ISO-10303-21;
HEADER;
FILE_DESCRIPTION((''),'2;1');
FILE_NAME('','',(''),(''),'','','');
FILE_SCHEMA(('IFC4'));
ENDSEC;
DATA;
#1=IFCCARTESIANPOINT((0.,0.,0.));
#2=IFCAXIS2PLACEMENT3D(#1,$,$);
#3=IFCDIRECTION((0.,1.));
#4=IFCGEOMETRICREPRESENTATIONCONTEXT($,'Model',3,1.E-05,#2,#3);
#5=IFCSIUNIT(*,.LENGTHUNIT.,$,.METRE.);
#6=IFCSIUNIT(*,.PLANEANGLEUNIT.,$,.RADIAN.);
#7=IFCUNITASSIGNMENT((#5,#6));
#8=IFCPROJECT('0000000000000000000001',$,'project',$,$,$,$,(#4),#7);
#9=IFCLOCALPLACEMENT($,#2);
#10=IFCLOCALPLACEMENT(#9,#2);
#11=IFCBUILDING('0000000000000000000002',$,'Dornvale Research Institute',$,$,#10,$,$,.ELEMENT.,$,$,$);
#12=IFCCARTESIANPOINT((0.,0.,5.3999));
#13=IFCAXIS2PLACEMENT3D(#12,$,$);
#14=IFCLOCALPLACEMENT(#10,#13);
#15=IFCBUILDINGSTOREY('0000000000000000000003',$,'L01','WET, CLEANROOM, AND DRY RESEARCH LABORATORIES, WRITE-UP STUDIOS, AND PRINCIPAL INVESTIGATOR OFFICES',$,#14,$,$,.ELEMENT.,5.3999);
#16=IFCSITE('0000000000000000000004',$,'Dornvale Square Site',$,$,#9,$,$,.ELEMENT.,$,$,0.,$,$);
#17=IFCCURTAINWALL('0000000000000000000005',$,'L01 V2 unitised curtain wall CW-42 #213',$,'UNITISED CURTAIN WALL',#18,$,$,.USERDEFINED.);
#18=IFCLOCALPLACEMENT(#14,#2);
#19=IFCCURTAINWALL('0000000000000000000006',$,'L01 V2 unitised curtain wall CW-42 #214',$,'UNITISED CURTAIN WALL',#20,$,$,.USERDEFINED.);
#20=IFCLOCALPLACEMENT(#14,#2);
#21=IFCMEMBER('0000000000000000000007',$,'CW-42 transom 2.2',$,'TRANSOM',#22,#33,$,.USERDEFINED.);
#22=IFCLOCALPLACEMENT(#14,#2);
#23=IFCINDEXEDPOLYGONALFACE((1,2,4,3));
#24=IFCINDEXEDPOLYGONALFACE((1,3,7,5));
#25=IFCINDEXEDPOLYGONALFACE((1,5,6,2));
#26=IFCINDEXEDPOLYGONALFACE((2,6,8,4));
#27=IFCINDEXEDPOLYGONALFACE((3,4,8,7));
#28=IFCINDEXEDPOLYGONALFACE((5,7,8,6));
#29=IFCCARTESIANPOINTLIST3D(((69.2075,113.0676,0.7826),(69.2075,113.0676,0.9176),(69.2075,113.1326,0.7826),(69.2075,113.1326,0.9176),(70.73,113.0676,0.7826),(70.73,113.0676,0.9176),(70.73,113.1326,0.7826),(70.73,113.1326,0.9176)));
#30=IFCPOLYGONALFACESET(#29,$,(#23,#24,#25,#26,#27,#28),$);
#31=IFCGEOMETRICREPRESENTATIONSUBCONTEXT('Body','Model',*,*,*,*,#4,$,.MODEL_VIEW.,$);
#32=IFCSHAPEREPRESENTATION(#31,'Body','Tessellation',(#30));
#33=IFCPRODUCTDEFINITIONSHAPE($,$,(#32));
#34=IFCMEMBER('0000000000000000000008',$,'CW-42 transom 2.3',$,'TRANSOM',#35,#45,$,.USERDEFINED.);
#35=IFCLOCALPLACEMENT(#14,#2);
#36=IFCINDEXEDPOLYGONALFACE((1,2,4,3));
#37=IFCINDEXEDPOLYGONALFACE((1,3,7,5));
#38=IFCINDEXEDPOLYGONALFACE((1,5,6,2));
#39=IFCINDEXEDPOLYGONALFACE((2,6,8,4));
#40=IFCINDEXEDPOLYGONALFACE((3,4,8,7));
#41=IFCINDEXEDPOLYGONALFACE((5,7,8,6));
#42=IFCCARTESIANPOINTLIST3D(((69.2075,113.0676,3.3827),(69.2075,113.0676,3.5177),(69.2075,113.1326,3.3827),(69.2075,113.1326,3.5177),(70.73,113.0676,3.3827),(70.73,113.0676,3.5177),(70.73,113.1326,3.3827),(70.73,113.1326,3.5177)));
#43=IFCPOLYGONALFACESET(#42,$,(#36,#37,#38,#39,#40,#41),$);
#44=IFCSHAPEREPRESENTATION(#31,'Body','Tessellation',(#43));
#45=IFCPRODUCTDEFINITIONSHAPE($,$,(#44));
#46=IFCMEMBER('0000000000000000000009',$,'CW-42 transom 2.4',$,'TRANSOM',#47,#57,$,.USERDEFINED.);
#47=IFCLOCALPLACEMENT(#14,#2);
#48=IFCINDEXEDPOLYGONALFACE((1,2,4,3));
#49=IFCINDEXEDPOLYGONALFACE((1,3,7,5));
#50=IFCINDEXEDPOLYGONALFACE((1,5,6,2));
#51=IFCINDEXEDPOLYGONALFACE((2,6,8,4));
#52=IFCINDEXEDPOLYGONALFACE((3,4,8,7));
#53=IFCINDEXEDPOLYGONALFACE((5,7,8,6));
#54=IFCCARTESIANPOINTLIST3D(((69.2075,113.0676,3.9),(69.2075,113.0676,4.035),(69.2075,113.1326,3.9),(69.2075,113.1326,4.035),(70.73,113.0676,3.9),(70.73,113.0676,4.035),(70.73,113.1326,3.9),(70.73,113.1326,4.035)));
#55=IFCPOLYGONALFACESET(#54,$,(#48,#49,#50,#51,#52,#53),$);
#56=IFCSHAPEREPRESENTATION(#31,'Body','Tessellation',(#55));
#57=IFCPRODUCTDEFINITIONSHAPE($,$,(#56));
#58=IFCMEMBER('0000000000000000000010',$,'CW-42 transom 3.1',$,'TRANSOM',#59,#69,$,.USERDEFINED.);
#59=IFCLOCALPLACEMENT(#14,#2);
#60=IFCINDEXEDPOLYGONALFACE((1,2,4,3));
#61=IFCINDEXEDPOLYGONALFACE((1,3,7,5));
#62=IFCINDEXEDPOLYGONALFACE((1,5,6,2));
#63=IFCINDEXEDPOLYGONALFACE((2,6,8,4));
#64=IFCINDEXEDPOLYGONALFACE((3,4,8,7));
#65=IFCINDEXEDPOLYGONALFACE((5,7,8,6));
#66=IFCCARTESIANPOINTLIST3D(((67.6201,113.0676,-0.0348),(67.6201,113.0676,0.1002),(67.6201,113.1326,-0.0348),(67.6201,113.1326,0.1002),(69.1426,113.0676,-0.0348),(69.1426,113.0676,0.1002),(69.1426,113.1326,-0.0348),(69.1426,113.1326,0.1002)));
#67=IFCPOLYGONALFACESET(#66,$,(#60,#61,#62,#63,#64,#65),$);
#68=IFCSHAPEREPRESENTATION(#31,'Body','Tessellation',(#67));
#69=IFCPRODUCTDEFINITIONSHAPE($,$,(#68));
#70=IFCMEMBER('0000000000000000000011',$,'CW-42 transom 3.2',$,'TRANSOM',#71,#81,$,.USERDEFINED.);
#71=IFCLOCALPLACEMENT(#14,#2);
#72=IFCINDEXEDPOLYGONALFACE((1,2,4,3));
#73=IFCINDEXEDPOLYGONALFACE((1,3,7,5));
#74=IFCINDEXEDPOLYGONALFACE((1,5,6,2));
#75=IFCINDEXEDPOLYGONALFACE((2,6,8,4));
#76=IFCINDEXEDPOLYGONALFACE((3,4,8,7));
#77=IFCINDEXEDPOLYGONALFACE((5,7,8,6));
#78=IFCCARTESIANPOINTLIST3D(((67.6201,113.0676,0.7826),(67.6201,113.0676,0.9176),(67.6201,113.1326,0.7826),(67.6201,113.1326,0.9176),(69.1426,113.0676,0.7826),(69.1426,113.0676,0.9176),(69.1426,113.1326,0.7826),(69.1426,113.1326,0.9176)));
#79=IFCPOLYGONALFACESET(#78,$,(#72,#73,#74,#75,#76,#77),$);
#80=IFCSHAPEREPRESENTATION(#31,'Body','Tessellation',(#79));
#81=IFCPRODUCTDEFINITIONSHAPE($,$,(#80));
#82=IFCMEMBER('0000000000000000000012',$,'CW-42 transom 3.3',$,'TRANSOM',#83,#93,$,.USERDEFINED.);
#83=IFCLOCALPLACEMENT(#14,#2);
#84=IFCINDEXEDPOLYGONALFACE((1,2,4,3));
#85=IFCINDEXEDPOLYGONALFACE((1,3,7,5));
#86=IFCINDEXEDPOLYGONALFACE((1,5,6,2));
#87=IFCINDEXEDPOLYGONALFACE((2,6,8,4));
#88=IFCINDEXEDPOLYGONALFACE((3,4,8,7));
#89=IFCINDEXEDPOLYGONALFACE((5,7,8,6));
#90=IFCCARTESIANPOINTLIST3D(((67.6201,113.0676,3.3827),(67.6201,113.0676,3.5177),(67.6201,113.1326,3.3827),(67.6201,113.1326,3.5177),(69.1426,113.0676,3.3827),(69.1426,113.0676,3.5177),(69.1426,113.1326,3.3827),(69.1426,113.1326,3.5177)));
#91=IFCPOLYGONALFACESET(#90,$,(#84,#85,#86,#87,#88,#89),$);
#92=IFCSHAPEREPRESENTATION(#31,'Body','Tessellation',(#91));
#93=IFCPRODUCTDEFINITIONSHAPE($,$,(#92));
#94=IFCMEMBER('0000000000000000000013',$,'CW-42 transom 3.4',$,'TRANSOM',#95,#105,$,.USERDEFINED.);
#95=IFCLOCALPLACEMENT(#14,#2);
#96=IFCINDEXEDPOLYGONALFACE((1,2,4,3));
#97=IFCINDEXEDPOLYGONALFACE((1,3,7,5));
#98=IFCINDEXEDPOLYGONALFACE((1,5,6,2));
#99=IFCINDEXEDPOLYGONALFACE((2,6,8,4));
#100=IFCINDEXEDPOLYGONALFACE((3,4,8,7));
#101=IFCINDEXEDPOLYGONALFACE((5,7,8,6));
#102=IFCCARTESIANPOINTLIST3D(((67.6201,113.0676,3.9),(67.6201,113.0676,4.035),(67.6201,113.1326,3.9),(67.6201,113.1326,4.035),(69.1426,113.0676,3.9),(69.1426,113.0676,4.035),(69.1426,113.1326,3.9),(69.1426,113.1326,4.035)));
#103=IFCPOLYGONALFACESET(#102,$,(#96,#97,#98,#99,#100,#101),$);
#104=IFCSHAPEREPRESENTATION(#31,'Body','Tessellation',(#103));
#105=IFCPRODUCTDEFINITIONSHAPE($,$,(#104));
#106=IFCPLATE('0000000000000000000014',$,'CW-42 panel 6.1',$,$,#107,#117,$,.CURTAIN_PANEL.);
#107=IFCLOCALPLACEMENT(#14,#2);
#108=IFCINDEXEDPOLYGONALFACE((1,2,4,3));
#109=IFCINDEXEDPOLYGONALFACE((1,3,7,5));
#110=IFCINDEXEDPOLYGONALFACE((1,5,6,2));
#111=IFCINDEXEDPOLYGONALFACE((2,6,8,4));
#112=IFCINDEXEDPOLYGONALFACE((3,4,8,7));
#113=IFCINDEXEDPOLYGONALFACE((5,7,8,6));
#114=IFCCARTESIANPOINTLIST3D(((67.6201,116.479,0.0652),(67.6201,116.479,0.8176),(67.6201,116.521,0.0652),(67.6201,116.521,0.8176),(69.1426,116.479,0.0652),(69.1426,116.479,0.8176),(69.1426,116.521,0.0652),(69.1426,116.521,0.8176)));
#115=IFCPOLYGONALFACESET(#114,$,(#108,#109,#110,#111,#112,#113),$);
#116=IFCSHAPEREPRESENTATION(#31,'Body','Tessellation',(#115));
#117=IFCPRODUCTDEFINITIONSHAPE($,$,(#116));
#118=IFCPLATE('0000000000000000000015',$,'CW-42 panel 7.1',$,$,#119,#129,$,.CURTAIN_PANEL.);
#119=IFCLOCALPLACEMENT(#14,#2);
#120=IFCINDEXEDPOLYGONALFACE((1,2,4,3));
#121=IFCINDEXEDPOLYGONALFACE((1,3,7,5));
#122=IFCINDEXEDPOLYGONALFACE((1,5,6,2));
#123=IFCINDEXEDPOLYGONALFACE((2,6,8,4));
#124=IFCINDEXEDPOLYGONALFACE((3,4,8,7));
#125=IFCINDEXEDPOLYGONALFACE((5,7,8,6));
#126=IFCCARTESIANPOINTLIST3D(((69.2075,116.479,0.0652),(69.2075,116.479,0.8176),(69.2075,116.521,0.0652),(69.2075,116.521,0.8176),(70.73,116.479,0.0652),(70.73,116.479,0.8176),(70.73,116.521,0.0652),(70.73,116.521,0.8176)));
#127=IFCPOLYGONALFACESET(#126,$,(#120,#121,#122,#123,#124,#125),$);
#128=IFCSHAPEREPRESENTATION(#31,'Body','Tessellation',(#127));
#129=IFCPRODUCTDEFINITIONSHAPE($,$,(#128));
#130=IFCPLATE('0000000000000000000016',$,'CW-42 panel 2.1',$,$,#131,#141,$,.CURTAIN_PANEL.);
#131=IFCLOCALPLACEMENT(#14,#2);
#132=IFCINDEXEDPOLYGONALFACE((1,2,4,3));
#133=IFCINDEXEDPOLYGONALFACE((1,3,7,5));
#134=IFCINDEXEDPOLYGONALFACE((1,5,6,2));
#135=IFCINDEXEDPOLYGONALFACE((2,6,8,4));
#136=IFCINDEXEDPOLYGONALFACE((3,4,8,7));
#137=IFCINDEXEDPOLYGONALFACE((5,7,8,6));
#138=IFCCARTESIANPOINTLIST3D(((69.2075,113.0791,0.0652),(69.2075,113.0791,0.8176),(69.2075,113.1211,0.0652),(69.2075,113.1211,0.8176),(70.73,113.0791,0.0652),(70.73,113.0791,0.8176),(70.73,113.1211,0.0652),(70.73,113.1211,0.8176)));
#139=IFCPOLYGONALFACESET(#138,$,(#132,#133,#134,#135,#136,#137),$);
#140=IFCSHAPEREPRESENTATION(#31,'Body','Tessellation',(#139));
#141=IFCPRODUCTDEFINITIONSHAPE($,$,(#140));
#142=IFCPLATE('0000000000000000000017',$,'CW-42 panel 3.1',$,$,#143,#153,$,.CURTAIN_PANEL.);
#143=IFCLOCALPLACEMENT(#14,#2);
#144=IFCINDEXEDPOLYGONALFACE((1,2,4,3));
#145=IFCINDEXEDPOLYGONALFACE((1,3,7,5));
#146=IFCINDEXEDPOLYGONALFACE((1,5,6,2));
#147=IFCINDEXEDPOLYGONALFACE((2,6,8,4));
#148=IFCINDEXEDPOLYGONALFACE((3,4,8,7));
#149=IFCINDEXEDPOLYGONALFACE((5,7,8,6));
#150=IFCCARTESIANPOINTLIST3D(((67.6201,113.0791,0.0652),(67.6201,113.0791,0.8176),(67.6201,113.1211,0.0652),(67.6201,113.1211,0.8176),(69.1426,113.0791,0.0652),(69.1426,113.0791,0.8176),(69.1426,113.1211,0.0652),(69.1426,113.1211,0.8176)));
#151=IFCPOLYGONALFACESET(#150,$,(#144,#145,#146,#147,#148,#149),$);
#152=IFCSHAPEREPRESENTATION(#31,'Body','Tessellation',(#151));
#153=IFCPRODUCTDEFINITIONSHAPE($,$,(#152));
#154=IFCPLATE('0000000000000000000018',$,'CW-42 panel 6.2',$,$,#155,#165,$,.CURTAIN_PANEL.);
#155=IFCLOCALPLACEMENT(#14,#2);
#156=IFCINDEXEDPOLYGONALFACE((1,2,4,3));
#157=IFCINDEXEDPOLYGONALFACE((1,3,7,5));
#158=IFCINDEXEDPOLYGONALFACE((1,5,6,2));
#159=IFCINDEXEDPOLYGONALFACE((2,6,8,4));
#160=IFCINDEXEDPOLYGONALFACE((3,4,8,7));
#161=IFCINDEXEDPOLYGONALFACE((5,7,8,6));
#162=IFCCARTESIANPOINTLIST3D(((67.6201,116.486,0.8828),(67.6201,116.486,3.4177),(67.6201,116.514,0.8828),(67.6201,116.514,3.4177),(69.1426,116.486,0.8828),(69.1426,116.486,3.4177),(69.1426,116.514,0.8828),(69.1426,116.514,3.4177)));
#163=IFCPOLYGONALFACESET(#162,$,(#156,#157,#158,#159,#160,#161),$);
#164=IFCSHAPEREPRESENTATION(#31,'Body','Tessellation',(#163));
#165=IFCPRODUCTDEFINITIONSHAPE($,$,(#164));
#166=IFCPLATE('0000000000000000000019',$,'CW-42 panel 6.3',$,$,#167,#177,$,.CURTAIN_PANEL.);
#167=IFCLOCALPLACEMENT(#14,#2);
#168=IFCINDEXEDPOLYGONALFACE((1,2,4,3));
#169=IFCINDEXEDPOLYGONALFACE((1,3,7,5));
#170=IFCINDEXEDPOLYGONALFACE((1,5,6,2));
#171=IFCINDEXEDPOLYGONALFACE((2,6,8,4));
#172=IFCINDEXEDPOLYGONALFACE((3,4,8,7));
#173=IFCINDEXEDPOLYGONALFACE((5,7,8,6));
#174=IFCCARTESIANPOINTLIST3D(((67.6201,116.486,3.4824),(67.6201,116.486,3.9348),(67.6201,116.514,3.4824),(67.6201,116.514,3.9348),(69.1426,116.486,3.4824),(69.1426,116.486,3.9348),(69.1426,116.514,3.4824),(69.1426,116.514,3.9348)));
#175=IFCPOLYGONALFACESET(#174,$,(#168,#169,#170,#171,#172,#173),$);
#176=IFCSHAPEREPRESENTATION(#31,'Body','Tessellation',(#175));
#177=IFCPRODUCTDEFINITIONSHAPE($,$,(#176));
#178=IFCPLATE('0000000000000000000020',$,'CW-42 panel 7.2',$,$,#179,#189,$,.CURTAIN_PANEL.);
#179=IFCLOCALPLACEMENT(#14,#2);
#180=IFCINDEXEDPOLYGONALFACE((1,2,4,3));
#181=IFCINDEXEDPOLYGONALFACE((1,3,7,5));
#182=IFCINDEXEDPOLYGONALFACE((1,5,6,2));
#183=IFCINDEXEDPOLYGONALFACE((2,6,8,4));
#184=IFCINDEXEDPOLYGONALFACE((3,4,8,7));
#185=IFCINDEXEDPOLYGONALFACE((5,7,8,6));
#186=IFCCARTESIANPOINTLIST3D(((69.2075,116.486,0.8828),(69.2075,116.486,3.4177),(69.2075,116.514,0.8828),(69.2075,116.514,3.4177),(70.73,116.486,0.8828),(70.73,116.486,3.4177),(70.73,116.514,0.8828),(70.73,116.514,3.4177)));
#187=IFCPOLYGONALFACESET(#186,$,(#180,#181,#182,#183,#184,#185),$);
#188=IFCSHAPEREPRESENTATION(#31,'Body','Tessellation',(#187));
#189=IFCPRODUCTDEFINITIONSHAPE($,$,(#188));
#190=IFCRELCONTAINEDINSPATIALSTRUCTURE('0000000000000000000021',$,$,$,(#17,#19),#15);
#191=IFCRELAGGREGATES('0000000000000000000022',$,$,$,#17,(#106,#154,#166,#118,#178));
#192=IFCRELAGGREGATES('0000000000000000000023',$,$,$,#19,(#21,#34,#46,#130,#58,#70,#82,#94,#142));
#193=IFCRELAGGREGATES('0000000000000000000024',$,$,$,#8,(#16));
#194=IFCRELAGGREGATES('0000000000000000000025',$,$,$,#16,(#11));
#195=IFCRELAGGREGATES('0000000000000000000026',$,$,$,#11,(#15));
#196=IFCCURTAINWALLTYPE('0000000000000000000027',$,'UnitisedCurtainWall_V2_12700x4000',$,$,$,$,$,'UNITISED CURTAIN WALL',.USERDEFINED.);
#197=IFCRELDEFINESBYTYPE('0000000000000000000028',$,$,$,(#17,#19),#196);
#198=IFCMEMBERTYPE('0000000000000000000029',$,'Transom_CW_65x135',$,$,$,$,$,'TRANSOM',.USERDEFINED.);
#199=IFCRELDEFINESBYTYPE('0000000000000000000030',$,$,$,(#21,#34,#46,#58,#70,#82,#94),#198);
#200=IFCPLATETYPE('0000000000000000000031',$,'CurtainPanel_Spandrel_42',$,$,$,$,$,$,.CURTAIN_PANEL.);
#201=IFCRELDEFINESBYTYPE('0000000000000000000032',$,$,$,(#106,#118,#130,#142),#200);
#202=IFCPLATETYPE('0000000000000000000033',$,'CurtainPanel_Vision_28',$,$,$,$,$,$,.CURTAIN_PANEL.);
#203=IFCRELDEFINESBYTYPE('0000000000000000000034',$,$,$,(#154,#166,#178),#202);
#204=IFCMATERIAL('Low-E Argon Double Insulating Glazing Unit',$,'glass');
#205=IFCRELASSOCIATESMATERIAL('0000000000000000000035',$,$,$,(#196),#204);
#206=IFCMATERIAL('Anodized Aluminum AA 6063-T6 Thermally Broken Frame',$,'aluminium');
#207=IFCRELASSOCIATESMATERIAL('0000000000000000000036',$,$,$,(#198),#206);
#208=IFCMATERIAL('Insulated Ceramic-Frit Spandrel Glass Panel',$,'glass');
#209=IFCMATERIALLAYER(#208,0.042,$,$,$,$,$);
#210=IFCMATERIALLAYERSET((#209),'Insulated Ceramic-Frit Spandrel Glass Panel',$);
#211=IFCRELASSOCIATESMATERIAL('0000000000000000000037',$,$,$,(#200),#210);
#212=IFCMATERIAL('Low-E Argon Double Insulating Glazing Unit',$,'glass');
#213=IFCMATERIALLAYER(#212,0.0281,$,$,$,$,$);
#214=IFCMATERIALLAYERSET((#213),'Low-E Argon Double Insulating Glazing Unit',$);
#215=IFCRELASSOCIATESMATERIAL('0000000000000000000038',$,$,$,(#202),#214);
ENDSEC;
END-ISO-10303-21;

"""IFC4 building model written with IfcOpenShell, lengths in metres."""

from ifc_helpers import new_model, si_unit, direction, frame, origin, origin_2d, place, context, subcontext, project, spatial, rectangle, extrude, material, layer, layer_set, material_profile, profile_set, type_object, element, aggregate, save


model = new_model("IFC4")

# Units and contexts
model_context = context("Model", 3, precision=1e-05, world=origin(), true_north=direction((0.0, 1.0)))
body_context = subcontext(model_context, "Body", "Model", "MODEL_VIEW")
ifc_project = project(units=[si_unit("LENGTHUNIT", "METRE"), si_unit("PLANEANGLEUNIT", "RADIAN")], contexts=[model_context])

# Site, building, storey
site_placement = place(None, origin())
site = spatial("IfcSite", under=ifc_project, at=site_placement, Name="Dornvale Square Site", CompositionType="ELEMENT", RefElevation=0.0)
building_placement = place(site_placement, origin())
building = spatial("IfcBuilding", under=site, at=building_placement, Name="Dornvale Research Institute", CompositionType="ELEMENT")
storey_placement = place(building_placement, frame((0.0, 0.0, 5.3999)))
storey = spatial("IfcBuildingStorey", under=building, at=storey_placement, Name="L01", Description="WET, CLEANROOM, AND DRY RESEARCH LABORATORIES, WRITE-UP STUDIOS, AND PRINCIPAL INVESTIGATOR OFFICES", CompositionType="ELEMENT", Elevation=5.3999)

# Curtain walls
ifc_material_1 = material(Name="Low-E Argon Double Insulating Glazing Unit", Category="glass")
curtain_wall_type = type_object("IfcCurtainWallType", Name="UnitisedCurtainWall_V2_12700x4000", ElementType="UNITISED CURTAIN WALL", PredefinedType="USERDEFINED", material=ifc_material_1)
curtain_wall_1_placement = place(storey_placement, origin())
curtain_wall_1 = element("IfcCurtainWall", 1, at=curtain_wall_1_placement, inside=storey, type_object=curtain_wall_type, Name="L01 V2 unitised curtain wall CW-42 #213", ObjectType="UNITISED CURTAIN WALL", PredefinedType="USERDEFINED")
curtain_wall_2_placement = place(storey_placement, origin())
curtain_wall_2 = element("IfcCurtainWall", 2, at=curtain_wall_2_placement, inside=storey, type_object=curtain_wall_type, Name="L01 V2 unitised curtain wall CW-42 #214", ObjectType="UNITISED CURTAIN WALL", PredefinedType="USERDEFINED")

# Members
ifc_material_2 = material(Name="Anodized Aluminum AA 6063-T6 Thermally Broken Frame", Category="aluminium")
ifc_material_profile_1 = material_profile(ifc_material_2, rectangle(XDim=0.0649, YDim=0.135, at=origin_2d()), Name="ALU TRANSOM 65x135")
ifc_profile_set_1 = profile_set([ifc_material_profile_1], Name="Anodized Aluminum AA 6063-T6 Thermally Broken Frame")
member_type_1 = type_object("IfcMemberType", Name="Transom_CW_65x135", ElementType="TRANSOM", PredefinedType="USERDEFINED", material=ifc_profile_set_1)
member_1_placement = place(storey_placement, frame((70.73, 113.1001, 0.8501), z_axis=(-1.0, 0.0, 0.0), x_axis=(0.0, -1.0, 0.0)))
member_1 = element("IfcMember", 3, at=member_1_placement, type_object=member_type_1, Name="CW-42 transom 2.2", ObjectType="TRANSOM", PredefinedType="USERDEFINED", context=body_context, shape_type="SweptSolid", body=[
    extrude(rectangle(XDim=0.0649, YDim=0.135, at=origin_2d()), origin(), (0.0, 0.0, 1.0), 1.5225),
])
member_2_placement = place(storey_placement, frame((70.73, 113.1001, 3.4502), z_axis=(-1.0, 0.0, 0.0), x_axis=(0.0, -1.0, 0.0)))
member_2 = element("IfcMember", 4, at=member_2_placement, type_object=member_type_1, Name="CW-42 transom 2.3", ObjectType="TRANSOM", PredefinedType="USERDEFINED", context=body_context, shape_type="SweptSolid", body=[
    extrude(rectangle(XDim=0.0649, YDim=0.135, at=origin_2d()), origin(), (0.0, 0.0, 1.0), 1.5225),
])
member_3_placement = place(storey_placement, frame((70.73, 113.1001, 3.9675), z_axis=(-1.0, 0.0, 0.0), x_axis=(0.0, -1.0, 0.0)))
member_3 = element("IfcMember", 5, at=member_3_placement, type_object=member_type_1, Name="CW-42 transom 2.4", ObjectType="TRANSOM", PredefinedType="USERDEFINED", context=body_context, shape_type="SweptSolid", body=[
    extrude(rectangle(XDim=0.0649, YDim=0.135, at=origin_2d()), origin(), (0.0, 0.0, 1.0), 1.5225),
])
member_4_placement = place(storey_placement, frame((69.1426, 113.1001, 0.0327), z_axis=(-1.0, 0.0, 0.0), x_axis=(0.0, -1.0, 0.0)))
member_4 = element("IfcMember", 6, at=member_4_placement, type_object=member_type_1, Name="CW-42 transom 3.1", ObjectType="TRANSOM", PredefinedType="USERDEFINED", context=body_context, shape_type="SweptSolid", body=[
    extrude(rectangle(XDim=0.0649, YDim=0.135, at=origin_2d()), origin(), (0.0, 0.0, 1.0), 1.5225),
])
member_5_placement = place(storey_placement, frame((69.1426, 113.1001, 0.8501), z_axis=(-1.0, 0.0, 0.0), x_axis=(0.0, -1.0, 0.0)))
member_5 = element("IfcMember", 7, at=member_5_placement, type_object=member_type_1, Name="CW-42 transom 3.2", ObjectType="TRANSOM", PredefinedType="USERDEFINED", context=body_context, shape_type="SweptSolid", body=[
    extrude(rectangle(XDim=0.0649, YDim=0.135, at=origin_2d()), origin(), (0.0, 0.0, 1.0), 1.5225),
])
member_6_placement = place(storey_placement, frame((69.1426, 113.1001, 3.4502), z_axis=(-1.0, 0.0, 0.0), x_axis=(0.0, -1.0, 0.0)))
member_6 = element("IfcMember", 8, at=member_6_placement, type_object=member_type_1, Name="CW-42 transom 3.3", ObjectType="TRANSOM", PredefinedType="USERDEFINED", context=body_context, shape_type="SweptSolid", body=[
    extrude(rectangle(XDim=0.0649, YDim=0.135, at=origin_2d()), origin(), (0.0, 0.0, 1.0), 1.5225),
])
member_7_placement = place(storey_placement, frame((69.1426, 113.1001, 3.9675), z_axis=(-1.0, 0.0, 0.0), x_axis=(0.0, -1.0, 0.0)))
member_7 = element("IfcMember", 9, at=member_7_placement, type_object=member_type_1, Name="CW-42 transom 3.4", ObjectType="TRANSOM", PredefinedType="USERDEFINED", context=body_context, shape_type="SweptSolid", body=[
    extrude(rectangle(XDim=0.0649, YDim=0.135, at=origin_2d()), origin(), (0.0, 0.0, 1.0), 1.5225),
])

# Plates
ifc_material_3 = material(Name="Insulated Ceramic-Frit Spandrel Glass Panel", Category="glass")
ifc_layer_1 = layer(ifc_material_3, 0.042)
ifc_layer_set_1 = layer_set([ifc_layer_1], Name="Insulated Ceramic-Frit Spandrel Glass Panel")
plate_type_1 = type_object("IfcPlateType", Name="CurtainPanel_Spandrel_42", PredefinedType="CURTAIN_PANEL", material=ifc_layer_set_1)
plate_1_placement = place(storey_placement, frame((68.3813, 116.5, 0.0652), z_axis=(0.0, 0.0, 1.0), x_axis=(1.0, 0.0, 0.0)))
plate_1 = element("IfcPlate", 10, at=plate_1_placement, type_object=plate_type_1, Name="CW-42 panel 6.1", PredefinedType="CURTAIN_PANEL", context=body_context, shape_type="SweptSolid", body=[
    extrude(rectangle(XDim=1.5225, YDim=0.042, at=origin_2d()), origin(), (0.0, 0.0, 1.0), 0.7524),
])
plate_2_placement = place(storey_placement, frame((69.9688, 116.5, 0.0652), z_axis=(0.0, 0.0, 1.0), x_axis=(1.0, 0.0, 0.0)))
plate_2 = element("IfcPlate", 11, at=plate_2_placement, type_object=plate_type_1, Name="CW-42 panel 7.1", PredefinedType="CURTAIN_PANEL", context=body_context, shape_type="SweptSolid", body=[
    extrude(rectangle(XDim=1.5225, YDim=0.042, at=origin_2d()), origin(), (0.0, 0.0, 1.0), 0.7524),
])
plate_3_placement = place(storey_placement, frame((69.9688, 113.1001, 0.0652), z_axis=(0.0, 0.0, 1.0), x_axis=(-1.0, 0.0, 0.0)))
plate_3 = element("IfcPlate", 12, at=plate_3_placement, type_object=plate_type_1, Name="CW-42 panel 2.1", PredefinedType="CURTAIN_PANEL", context=body_context, shape_type="SweptSolid", body=[
    extrude(rectangle(XDim=1.5225, YDim=0.042, at=origin_2d()), origin(), (0.0, 0.0, 1.0), 0.7524),
])
plate_4_placement = place(storey_placement, frame((68.3813, 113.1001, 0.0652), z_axis=(0.0, 0.0, 1.0), x_axis=(-1.0, 0.0, 0.0)))
plate_4 = element("IfcPlate", 13, at=plate_4_placement, type_object=plate_type_1, Name="CW-42 panel 3.1", PredefinedType="CURTAIN_PANEL", context=body_context, shape_type="SweptSolid", body=[
    extrude(rectangle(XDim=1.5225, YDim=0.042, at=origin_2d()), origin(), (0.0, 0.0, 1.0), 0.7524),
])
ifc_material_4 = material(Name="Low-E Argon Double Insulating Glazing Unit", Category="glass")
ifc_layer_2 = layer(ifc_material_4, 0.0281)
ifc_layer_set_2 = layer_set([ifc_layer_2], Name="Low-E Argon Double Insulating Glazing Unit")
plate_type_2 = type_object("IfcPlateType", Name="CurtainPanel_Vision_28", PredefinedType="CURTAIN_PANEL", material=ifc_layer_set_2)
plate_5_placement = place(storey_placement, frame((68.3813, 116.5, 0.8828), z_axis=(0.0, 0.0, 1.0), x_axis=(1.0, 0.0, 0.0)))
plate_5 = element("IfcPlate", 14, at=plate_5_placement, type_object=plate_type_2, Name="CW-42 panel 6.2", PredefinedType="CURTAIN_PANEL", context=body_context, shape_type="SweptSolid", body=[
    extrude(rectangle(XDim=1.5225, YDim=0.0281, at=origin_2d()), origin(), (0.0, 0.0, 1.0), 2.5349),
])
plate_6_placement = place(storey_placement, frame((68.3813, 116.5, 3.4824), z_axis=(0.0, 0.0, 1.0), x_axis=(1.0, 0.0, 0.0)))
plate_6 = element("IfcPlate", 15, at=plate_6_placement, type_object=plate_type_2, Name="CW-42 panel 6.3", PredefinedType="CURTAIN_PANEL", context=body_context, shape_type="SweptSolid", body=[
    extrude(rectangle(XDim=1.5225, YDim=0.0281, at=origin_2d()), origin(), (0.0, 0.0, 1.0), 0.4524),
])
plate_7_placement = place(storey_placement, frame((69.9688, 116.5, 0.8828), z_axis=(0.0, 0.0, 1.0), x_axis=(1.0, 0.0, 0.0)))
plate_7 = element("IfcPlate", 16, at=plate_7_placement, type_object=plate_type_2, Name="CW-42 panel 7.2", PredefinedType="CURTAIN_PANEL", context=body_context, shape_type="SweptSolid", body=[
    extrude(rectangle(XDim=1.5225, YDim=0.0281, at=origin_2d()), origin(), (0.0, 0.0, 1.0), 2.5349),
])
aggregate(curtain_wall_1, [plate_1, plate_5, plate_6, plate_2, plate_7])
aggregate(curtain_wall_2, [member_1, member_2, member_3, plate_3, member_4, member_5, member_6, member_7, plate_4])

save(model, "model.ifc")
